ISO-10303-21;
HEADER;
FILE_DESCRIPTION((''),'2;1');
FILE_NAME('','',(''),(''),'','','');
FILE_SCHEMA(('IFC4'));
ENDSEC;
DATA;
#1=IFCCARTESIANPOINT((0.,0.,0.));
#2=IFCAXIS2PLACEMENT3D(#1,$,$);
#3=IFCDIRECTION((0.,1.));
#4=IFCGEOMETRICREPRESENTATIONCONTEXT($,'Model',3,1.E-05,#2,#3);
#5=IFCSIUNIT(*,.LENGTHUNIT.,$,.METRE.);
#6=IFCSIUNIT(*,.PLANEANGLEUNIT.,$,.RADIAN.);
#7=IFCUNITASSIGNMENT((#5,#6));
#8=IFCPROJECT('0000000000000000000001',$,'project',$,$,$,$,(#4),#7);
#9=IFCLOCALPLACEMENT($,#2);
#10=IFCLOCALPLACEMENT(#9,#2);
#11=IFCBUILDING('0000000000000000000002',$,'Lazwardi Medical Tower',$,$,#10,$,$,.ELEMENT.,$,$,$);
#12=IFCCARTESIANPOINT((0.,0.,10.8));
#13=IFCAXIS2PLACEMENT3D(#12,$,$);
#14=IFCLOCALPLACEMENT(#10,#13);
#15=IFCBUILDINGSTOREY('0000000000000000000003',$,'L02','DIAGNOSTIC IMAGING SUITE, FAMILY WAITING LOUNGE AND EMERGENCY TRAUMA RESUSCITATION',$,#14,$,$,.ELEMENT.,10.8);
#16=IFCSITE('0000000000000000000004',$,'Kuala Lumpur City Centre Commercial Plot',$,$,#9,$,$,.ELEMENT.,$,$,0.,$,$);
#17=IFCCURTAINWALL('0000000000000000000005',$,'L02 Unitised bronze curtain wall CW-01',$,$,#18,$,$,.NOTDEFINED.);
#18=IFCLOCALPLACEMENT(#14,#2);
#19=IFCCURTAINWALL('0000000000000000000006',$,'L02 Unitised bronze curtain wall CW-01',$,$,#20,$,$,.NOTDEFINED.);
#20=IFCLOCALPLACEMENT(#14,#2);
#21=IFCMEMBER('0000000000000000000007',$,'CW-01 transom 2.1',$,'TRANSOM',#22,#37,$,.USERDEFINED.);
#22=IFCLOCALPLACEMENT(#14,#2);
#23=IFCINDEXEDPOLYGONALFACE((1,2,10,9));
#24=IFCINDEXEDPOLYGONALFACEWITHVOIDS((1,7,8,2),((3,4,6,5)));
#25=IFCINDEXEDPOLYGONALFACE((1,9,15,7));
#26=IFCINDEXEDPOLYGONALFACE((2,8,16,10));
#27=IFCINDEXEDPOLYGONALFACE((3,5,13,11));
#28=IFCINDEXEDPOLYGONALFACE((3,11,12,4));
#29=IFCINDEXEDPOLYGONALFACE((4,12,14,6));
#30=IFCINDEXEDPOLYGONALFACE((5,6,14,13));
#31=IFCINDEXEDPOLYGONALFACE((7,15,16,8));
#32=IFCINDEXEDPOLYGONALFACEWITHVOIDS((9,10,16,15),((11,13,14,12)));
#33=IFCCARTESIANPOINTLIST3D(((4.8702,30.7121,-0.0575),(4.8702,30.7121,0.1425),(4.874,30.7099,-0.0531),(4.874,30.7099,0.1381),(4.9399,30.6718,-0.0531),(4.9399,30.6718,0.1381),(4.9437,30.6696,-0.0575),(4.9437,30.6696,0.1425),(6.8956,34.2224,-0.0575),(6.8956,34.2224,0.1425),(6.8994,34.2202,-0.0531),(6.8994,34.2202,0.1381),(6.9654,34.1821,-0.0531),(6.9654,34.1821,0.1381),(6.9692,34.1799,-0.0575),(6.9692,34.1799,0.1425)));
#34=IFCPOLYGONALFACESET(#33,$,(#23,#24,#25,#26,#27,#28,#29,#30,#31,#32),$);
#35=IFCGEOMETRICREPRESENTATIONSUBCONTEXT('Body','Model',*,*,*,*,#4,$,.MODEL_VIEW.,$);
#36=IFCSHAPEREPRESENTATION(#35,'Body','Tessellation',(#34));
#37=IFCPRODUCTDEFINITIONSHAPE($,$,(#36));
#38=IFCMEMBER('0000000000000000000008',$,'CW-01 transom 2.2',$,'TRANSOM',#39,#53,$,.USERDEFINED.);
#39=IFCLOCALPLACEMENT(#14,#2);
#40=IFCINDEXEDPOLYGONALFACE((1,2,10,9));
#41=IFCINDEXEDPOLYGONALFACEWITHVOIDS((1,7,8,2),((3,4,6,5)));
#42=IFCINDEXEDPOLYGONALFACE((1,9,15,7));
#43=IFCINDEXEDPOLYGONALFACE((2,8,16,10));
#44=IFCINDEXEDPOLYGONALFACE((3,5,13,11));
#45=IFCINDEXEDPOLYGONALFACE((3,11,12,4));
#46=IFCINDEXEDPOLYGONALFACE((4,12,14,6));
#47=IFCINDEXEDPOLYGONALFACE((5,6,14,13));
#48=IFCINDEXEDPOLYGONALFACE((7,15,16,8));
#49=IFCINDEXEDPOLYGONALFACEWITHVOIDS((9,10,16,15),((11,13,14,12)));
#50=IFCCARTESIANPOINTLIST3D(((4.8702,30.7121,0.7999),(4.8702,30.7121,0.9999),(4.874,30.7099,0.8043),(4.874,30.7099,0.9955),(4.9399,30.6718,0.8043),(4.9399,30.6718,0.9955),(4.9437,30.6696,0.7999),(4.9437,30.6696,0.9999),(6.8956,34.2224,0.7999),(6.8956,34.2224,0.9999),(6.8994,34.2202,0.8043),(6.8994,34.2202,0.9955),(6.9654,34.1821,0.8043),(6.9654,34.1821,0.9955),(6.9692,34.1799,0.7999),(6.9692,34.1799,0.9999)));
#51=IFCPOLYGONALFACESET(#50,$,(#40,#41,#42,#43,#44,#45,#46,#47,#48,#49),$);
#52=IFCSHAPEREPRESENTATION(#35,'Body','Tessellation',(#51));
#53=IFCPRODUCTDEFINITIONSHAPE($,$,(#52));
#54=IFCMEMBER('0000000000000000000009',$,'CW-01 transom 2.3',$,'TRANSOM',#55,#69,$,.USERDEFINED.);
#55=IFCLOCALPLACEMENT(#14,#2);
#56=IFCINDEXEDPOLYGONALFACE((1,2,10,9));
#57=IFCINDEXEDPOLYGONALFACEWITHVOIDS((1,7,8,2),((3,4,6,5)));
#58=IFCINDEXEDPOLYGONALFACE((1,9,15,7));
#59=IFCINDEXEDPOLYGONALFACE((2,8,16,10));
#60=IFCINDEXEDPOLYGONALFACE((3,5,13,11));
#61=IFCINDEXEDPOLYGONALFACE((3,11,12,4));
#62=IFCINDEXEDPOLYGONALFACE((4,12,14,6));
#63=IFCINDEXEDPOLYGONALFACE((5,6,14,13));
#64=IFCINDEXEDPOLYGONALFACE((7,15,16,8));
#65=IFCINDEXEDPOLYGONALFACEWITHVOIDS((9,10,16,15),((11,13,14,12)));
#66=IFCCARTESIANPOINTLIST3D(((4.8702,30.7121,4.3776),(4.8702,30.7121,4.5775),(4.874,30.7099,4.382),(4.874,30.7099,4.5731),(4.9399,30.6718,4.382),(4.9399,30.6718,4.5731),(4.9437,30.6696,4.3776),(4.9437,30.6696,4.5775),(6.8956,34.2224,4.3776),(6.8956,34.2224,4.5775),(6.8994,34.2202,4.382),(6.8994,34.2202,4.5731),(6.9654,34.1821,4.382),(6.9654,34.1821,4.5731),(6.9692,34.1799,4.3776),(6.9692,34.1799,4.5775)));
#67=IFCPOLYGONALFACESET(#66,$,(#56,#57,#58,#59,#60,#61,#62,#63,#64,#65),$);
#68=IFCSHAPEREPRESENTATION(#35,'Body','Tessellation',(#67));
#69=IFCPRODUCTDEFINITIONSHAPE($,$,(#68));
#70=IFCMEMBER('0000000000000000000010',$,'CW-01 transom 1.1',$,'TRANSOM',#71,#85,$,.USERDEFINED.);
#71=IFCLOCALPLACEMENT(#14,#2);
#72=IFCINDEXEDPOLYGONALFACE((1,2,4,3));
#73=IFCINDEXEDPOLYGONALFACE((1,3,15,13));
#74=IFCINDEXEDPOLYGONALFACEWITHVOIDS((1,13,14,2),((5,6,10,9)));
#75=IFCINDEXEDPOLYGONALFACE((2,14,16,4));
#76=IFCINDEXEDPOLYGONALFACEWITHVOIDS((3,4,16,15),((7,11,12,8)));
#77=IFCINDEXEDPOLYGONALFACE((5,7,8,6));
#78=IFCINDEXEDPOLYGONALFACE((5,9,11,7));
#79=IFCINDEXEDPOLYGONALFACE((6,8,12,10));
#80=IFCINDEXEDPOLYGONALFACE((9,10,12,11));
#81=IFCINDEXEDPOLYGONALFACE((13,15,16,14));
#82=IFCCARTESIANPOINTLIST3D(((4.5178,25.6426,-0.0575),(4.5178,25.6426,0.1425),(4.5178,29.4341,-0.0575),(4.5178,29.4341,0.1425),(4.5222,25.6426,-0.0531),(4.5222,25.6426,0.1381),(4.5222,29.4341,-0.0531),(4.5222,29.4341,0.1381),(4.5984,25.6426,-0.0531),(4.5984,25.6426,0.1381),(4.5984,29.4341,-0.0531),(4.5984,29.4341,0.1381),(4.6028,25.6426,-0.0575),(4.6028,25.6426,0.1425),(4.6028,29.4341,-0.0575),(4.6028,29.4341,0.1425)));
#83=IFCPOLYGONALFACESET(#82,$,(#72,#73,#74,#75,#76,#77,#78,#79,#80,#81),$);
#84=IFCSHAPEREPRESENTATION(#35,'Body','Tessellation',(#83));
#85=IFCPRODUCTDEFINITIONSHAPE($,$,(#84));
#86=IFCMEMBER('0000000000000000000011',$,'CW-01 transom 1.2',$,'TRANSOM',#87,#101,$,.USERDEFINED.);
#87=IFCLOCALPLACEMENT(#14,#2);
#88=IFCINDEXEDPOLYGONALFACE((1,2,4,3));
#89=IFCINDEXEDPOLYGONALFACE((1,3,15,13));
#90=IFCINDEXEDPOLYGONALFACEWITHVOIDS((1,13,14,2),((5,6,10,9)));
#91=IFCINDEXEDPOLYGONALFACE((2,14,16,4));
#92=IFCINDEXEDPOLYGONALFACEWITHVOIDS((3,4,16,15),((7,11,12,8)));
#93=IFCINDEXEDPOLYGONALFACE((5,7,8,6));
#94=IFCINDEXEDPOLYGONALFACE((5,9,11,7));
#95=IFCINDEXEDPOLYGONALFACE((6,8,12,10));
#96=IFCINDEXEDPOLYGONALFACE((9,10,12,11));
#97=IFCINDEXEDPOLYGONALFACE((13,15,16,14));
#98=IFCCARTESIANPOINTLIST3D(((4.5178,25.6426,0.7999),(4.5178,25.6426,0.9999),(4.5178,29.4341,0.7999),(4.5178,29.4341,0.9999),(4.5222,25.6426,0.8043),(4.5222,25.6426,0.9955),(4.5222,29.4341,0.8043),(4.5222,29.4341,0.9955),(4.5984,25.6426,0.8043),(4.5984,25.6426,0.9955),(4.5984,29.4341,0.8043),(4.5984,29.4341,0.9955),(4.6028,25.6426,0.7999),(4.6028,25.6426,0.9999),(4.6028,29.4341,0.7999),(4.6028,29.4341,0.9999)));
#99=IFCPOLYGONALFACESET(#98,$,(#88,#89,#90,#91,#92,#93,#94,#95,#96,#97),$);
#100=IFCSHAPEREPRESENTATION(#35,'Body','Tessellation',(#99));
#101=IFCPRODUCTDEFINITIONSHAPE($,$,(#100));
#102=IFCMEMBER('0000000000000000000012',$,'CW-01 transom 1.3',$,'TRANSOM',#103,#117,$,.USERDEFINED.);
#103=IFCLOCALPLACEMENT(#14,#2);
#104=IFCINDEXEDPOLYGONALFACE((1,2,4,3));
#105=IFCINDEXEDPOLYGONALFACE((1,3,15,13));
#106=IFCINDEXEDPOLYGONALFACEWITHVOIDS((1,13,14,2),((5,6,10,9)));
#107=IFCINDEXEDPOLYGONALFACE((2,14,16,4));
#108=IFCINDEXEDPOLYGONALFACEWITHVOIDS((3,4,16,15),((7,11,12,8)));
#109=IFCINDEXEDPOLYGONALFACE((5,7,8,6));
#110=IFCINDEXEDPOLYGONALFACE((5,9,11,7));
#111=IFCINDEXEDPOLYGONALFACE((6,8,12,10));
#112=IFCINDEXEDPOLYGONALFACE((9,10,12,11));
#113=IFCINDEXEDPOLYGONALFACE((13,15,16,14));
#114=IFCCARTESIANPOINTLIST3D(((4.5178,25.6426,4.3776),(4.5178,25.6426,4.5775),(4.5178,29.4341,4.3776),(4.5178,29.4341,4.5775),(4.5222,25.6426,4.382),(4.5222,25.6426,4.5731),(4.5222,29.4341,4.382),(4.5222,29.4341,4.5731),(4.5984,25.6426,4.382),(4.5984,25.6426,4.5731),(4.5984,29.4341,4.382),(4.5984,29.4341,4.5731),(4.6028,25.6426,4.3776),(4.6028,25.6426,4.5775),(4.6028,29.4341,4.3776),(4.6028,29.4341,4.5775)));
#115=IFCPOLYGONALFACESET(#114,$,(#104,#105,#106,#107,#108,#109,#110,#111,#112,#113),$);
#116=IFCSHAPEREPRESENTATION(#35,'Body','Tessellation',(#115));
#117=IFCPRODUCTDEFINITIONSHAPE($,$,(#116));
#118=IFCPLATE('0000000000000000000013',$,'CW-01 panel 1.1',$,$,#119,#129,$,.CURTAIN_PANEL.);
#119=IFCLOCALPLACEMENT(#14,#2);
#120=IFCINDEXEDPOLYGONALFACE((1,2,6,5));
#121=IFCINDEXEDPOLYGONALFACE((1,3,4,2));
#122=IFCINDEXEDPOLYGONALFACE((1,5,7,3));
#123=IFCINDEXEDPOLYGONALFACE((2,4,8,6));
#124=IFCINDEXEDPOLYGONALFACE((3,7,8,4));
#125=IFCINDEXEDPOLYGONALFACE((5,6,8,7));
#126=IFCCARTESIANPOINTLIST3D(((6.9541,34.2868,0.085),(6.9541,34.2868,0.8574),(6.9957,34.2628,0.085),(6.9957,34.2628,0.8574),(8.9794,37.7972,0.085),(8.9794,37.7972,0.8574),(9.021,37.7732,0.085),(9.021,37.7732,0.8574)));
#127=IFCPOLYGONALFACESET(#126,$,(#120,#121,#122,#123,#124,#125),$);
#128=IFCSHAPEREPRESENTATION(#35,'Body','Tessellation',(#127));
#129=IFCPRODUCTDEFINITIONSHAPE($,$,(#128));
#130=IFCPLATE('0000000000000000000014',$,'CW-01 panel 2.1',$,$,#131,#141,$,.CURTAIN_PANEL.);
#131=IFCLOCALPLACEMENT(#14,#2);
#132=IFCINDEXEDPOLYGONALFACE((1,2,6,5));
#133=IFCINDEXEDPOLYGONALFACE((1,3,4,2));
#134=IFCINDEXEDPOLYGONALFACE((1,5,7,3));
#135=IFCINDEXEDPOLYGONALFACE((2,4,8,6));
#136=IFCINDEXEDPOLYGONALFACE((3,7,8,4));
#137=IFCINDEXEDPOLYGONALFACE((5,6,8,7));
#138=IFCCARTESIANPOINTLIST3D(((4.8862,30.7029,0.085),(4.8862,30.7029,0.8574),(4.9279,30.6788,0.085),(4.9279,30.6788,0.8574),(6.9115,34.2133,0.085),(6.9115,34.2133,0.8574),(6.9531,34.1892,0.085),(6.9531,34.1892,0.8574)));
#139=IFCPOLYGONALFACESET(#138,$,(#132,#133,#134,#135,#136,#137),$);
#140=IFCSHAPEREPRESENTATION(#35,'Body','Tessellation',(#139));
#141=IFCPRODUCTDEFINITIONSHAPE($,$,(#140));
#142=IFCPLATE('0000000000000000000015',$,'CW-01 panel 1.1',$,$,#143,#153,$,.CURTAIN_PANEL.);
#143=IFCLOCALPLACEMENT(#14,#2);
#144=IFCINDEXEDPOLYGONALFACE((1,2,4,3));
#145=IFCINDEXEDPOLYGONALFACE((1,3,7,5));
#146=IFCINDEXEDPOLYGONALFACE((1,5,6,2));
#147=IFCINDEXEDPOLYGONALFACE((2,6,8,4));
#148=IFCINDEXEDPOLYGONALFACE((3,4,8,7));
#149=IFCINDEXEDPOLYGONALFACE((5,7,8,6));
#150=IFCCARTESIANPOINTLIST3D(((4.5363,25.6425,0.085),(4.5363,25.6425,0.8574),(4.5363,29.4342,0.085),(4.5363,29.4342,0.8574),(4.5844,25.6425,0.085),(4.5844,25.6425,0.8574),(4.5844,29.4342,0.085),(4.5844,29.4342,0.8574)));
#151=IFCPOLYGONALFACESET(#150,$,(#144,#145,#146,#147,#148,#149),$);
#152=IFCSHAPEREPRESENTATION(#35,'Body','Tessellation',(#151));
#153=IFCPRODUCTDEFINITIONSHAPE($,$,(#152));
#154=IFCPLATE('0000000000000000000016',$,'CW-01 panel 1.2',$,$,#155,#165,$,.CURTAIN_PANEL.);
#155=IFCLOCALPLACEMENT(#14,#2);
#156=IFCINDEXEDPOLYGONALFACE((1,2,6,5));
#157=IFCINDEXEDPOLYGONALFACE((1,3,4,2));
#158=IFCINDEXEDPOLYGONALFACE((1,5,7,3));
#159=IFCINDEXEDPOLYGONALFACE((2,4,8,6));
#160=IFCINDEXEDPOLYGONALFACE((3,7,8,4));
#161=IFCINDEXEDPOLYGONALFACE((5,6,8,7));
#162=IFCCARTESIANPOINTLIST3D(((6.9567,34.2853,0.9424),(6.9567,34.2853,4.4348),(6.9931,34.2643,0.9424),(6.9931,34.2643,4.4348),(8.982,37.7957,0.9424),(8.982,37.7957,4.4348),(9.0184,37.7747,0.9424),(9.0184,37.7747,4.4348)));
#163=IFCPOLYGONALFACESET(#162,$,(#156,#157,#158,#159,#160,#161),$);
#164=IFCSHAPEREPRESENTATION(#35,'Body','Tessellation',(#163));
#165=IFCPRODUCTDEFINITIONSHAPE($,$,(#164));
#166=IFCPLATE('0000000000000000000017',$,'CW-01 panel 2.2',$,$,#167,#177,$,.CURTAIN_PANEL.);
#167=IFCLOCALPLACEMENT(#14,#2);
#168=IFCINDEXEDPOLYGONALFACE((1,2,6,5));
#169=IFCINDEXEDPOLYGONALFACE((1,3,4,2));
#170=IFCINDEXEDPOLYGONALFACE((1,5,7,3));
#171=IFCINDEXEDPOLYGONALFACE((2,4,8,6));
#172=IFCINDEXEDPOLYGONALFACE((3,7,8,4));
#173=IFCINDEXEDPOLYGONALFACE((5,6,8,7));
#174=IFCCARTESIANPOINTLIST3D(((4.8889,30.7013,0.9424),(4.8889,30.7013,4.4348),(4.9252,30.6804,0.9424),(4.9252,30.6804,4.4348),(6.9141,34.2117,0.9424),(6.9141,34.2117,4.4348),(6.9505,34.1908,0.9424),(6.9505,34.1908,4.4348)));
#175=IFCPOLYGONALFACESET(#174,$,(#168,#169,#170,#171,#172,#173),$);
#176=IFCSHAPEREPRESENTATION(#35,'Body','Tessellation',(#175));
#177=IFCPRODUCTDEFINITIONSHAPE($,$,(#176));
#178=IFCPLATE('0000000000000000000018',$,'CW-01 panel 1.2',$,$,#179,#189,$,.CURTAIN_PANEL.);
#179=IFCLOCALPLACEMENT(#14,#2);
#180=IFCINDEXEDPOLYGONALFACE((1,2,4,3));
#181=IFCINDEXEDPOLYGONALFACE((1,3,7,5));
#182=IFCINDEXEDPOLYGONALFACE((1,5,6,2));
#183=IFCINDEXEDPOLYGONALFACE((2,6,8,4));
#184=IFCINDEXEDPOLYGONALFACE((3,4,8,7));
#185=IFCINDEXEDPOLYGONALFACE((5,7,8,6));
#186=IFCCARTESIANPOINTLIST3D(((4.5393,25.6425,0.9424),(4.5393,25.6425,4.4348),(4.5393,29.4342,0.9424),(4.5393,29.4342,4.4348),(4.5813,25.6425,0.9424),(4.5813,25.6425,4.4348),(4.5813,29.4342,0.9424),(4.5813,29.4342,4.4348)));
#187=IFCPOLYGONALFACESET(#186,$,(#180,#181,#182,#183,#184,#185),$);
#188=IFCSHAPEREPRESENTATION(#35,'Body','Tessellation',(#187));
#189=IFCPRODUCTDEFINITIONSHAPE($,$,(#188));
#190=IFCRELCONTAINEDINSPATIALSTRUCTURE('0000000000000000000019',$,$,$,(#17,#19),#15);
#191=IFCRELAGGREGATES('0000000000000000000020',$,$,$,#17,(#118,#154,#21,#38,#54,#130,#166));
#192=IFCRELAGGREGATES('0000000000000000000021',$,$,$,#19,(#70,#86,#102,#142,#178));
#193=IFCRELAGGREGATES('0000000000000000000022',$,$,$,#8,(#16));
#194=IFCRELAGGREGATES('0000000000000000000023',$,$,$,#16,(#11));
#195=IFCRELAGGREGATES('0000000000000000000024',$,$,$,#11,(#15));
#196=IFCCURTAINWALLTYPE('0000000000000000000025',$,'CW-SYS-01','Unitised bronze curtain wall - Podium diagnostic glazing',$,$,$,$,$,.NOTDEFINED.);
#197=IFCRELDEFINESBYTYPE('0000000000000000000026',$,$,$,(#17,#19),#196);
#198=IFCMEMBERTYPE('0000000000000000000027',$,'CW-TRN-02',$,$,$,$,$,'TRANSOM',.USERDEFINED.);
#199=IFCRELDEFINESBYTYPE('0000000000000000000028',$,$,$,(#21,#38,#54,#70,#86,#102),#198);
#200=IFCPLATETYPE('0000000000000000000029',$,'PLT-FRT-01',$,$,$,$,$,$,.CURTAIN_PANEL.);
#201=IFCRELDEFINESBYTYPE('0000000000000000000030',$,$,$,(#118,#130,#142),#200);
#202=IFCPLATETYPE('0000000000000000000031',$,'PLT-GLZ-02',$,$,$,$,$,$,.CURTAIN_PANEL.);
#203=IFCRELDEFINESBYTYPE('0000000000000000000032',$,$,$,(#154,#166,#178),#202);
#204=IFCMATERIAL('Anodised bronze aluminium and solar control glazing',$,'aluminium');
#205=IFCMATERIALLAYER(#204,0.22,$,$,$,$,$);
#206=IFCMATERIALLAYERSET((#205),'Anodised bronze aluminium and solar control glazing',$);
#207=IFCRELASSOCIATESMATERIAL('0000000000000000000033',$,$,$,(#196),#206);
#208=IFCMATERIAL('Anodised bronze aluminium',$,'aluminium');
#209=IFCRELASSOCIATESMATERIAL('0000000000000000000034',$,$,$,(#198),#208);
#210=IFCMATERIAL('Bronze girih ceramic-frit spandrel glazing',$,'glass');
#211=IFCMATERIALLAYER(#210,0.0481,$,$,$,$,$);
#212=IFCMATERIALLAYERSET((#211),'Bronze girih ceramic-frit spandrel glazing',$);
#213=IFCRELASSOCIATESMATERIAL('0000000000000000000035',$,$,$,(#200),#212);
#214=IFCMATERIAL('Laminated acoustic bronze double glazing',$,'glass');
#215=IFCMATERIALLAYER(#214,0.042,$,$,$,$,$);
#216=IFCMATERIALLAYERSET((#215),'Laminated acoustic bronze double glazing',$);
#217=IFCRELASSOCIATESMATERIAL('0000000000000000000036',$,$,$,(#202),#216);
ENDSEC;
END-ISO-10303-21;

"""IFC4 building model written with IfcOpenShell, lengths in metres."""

from ifc_helpers import new_model, si_unit, direction, frame, origin, origin_2d, place, context, subcontext, project, spatial, rectangle, hollow_rectangle, extrude, material, layer, layer_set, material_profile, profile_set, type_object, element, aggregate, save


model = new_model("IFC4")

# Units and contexts
model_context = context("Model", 3, precision=1e-05, world=origin(), true_north=direction((0.0, 1.0)))
body_context = subcontext(model_context, "Body", "Model", "MODEL_VIEW")
ifc_project = project(units=[si_unit("LENGTHUNIT", "METRE"), si_unit("PLANEANGLEUNIT", "RADIAN")], contexts=[model_context])

# Site, building, storey
site_placement = place(None, origin())
site = spatial("IfcSite", under=ifc_project, at=site_placement, Name="Kuala Lumpur City Centre Commercial Plot", CompositionType="ELEMENT", RefElevation=0.0)
building_placement = place(site_placement, origin())
building = spatial("IfcBuilding", under=site, at=building_placement, Name="Lazwardi Medical Tower", CompositionType="ELEMENT")
storey_placement = place(building_placement, frame((0.0, 0.0, 10.8)))
storey = spatial("IfcBuildingStorey", under=building, at=storey_placement, Name="L02", Description="DIAGNOSTIC IMAGING SUITE, FAMILY WAITING LOUNGE AND EMERGENCY TRAUMA RESUSCITATION", CompositionType="ELEMENT", Elevation=10.8)

# Curtain wall
ifc_material_1 = material(Name="Anodised bronze aluminium and solar control glazing", Category="aluminium")
ifc_layer_1 = layer(ifc_material_1, 0.22)
ifc_layer_set_1 = layer_set([ifc_layer_1], Name="Anodised bronze aluminium and solar control glazing")
curtain_wall_type = type_object("IfcCurtainWallType", Name="CW-SYS-01", Description="Unitised bronze curtain wall - Podium diagnostic glazing", PredefinedType="NOTDEFINED", material=ifc_layer_set_1)
curtain_wall_1_placement = place(storey_placement, origin())
curtain_wall_1 = element("IfcCurtainWall", 1, at=curtain_wall_1_placement, inside=storey, type_object=curtain_wall_type, Name="L02 Unitised bronze curtain wall CW-01", PredefinedType="NOTDEFINED")
ifc_material_2 = material(Name="Anodised bronze aluminium", Category="aluminium")

# Curtain wall
curtain_wall_2_placement = place(storey_placement, origin())
curtain_wall_2 = element("IfcCurtainWall", 2, at=curtain_wall_2_placement, inside=storey, type_object=curtain_wall_type, Name="L02 Unitised bronze curtain wall CW-01", PredefinedType="NOTDEFINED")

# Members
ifc_material_profile_1 = material_profile(ifc_material_2, hollow_rectangle(XDim=0.085, YDim=0.2, WallThickness=0.0044, at=origin_2d()), Name="ALU-TRANSOM 200x85x4.5")
ifc_profile_set_1 = profile_set([ifc_material_profile_1], Name="Anodised bronze aluminium")
member_type_1 = type_object("IfcMemberType", Name="CW-TRN-02", ElementType="TRANSOM", PredefinedType="USERDEFINED", material=ifc_profile_set_1)
member_1_placement = place(storey_placement, frame((6.9324, 34.2012, 0.0425), z_axis=(-0.499768, -0.86616, 0.0), x_axis=(0.86616, -0.499768, 0.0)))
member_1 = element("IfcMember", 3, at=member_1_placement, type_object=member_type_1, Name="CW-01 transom 2.1", ObjectType="TRANSOM", PredefinedType="USERDEFINED", context=body_context, shape_type="SweptSolid", body=[
    extrude(hollow_rectangle(XDim=0.085, YDim=0.2, WallThickness=0.0044, at=origin_2d()), origin(), (0.0, 0.0, 1.0), 4.0527),
])
member_2_placement = place(storey_placement, frame((6.9324, 34.2012, 0.8999), z_axis=(-0.499768, -0.86616, 0.0), x_axis=(0.86616, -0.499768, 0.0)))
member_2 = element("IfcMember", 4, at=member_2_placement, type_object=member_type_1, Name="CW-01 transom 2.2", ObjectType="TRANSOM", PredefinedType="USERDEFINED", context=body_context, shape_type="SweptSolid", body=[
    extrude(hollow_rectangle(XDim=0.085, YDim=0.2, WallThickness=0.0044, at=origin_2d()), origin(), (0.0, 0.0, 1.0), 4.0527),
])
member_3_placement = place(storey_placement, frame((6.9324, 34.2012, 4.4775), z_axis=(-0.499768, -0.86616, 0.0), x_axis=(0.86616, -0.499768, 0.0)))
member_3 = element("IfcMember", 5, at=member_3_placement, type_object=member_type_1, Name="CW-01 transom 2.3", ObjectType="TRANSOM", PredefinedType="USERDEFINED", context=body_context, shape_type="SweptSolid", body=[
    extrude(hollow_rectangle(XDim=0.085, YDim=0.2, WallThickness=0.0044, at=origin_2d()), origin(), (0.0, 0.0, 1.0), 4.0527),
])
member_4_placement = place(storey_placement, frame((4.5603, 29.4341, 0.0425), z_axis=(0.0, -1.0, 0.0), x_axis=(1.0, 0.0, 0.0)))
member_4 = element("IfcMember", 6, at=member_4_placement, type_object=member_type_1, Name="CW-01 transom 1.1", ObjectType="TRANSOM", PredefinedType="USERDEFINED", context=body_context, shape_type="SweptSolid", body=[
    extrude(hollow_rectangle(XDim=0.085, YDim=0.2, WallThickness=0.0044, at=origin_2d()), origin(), (0.0, 0.0, 1.0), 3.7915),
])
member_5_placement = place(storey_placement, frame((4.5603, 29.4341, 0.8999), z_axis=(0.0, -1.0, 0.0), x_axis=(1.0, 0.0, 0.0)))
member_5 = element("IfcMember", 7, at=member_5_placement, type_object=member_type_1, Name="CW-01 transom 1.2", ObjectType="TRANSOM", PredefinedType="USERDEFINED", context=body_context, shape_type="SweptSolid", body=[
    extrude(hollow_rectangle(XDim=0.085, YDim=0.2, WallThickness=0.0044, at=origin_2d()), origin(), (0.0, 0.0, 1.0), 3.7915),
])
member_6_placement = place(storey_placement, frame((4.5603, 29.4341, 4.4775), z_axis=(0.0, -1.0, 0.0), x_axis=(1.0, 0.0, 0.0)))
member_6 = element("IfcMember", 8, at=member_6_placement, type_object=member_type_1, Name="CW-01 transom 1.3", ObjectType="TRANSOM", PredefinedType="USERDEFINED", context=body_context, shape_type="SweptSolid", body=[
    extrude(hollow_rectangle(XDim=0.085, YDim=0.2, WallThickness=0.0044, at=origin_2d()), origin(), (0.0, 0.0, 1.0), 3.7915),
])

# Plates
ifc_material_3 = material(Name="Bronze girih ceramic-frit spandrel glazing", Category="glass")
ifc_layer_2 = layer(ifc_material_3, 0.0481)
ifc_layer_set_2 = layer_set([ifc_layer_2], Name="Bronze girih ceramic-frit spandrel glazing")
plate_type_1 = type_object("IfcPlateType", Name="PLT-FRT-01", PredefinedType="CURTAIN_PANEL", material=ifc_layer_set_2)
plate_1_placement = place(storey_placement, frame((7.9875, 36.03, 0.085), z_axis=(0.0, 0.0, 1.0), x_axis=(-0.499731, -0.866181, 0.0)))
plate_1 = element("IfcPlate", 9, at=plate_1_placement, type_object=plate_type_1, Name="CW-01 panel 1.1", PredefinedType="CURTAIN_PANEL", context=body_context, shape_type="SweptSolid", body=[
    extrude(rectangle(XDim=4.0527, YDim=0.0481, at=origin_2d()), origin(), (0.0, 0.0, 1.0), 0.7725),
])
plate_2_placement = place(storey_placement, frame((5.9197, 32.446, 0.085), z_axis=(0.0, 0.0, 1.0), x_axis=(-0.499731, -0.866181, 0.0)))
plate_2 = element("IfcPlate", 10, at=plate_2_placement, type_object=plate_type_1, Name="CW-01 panel 2.1", PredefinedType="CURTAIN_PANEL", context=body_context, shape_type="SweptSolid", body=[
    extrude(rectangle(XDim=4.0527, YDim=0.0481, at=origin_2d()), origin(), (0.0, 0.0, 1.0), 0.7725),
])
plate_3_placement = place(storey_placement, frame((4.5603, 27.5383, 0.085), z_axis=(0.0, 0.0, 1.0), x_axis=(0.0, -1.0, 0.0)))
plate_3 = element("IfcPlate", 11, at=plate_3_placement, type_object=plate_type_1, Name="CW-01 panel 1.1", PredefinedType="CURTAIN_PANEL", context=body_context, shape_type="SweptSolid", body=[
    extrude(rectangle(XDim=3.7917, YDim=0.0481, at=origin_2d()), origin(), (0.0, 0.0, 1.0), 0.7725),
])
ifc_material_4 = material(Name="Laminated acoustic bronze double glazing", Category="glass")
ifc_layer_3 = layer(ifc_material_4, 0.042)
ifc_layer_set_3 = layer_set([ifc_layer_3], Name="Laminated acoustic bronze double glazing")
plate_type_2 = type_object("IfcPlateType", Name="PLT-GLZ-02", PredefinedType="CURTAIN_PANEL", material=ifc_layer_set_3)
plate_4_placement = place(storey_placement, frame((7.9875, 36.03, 0.9424), z_axis=(0.0, 0.0, 1.0), x_axis=(-0.499731, -0.866181, 0.0)))
plate_4 = element("IfcPlate", 12, at=plate_4_placement, type_object=plate_type_2, Name="CW-01 panel 1.2", PredefinedType="CURTAIN_PANEL", context=body_context, shape_type="SweptSolid", body=[
    extrude(rectangle(XDim=4.0527, YDim=0.042, at=origin_2d()), origin(), (0.0, 0.0, 1.0), 3.4924),
])
plate_5_placement = place(storey_placement, frame((5.9197, 32.446, 0.9424), z_axis=(0.0, 0.0, 1.0), x_axis=(-0.499731, -0.866181, 0.0)))
plate_5 = element("IfcPlate", 13, at=plate_5_placement, type_object=plate_type_2, Name="CW-01 panel 2.2", PredefinedType="CURTAIN_PANEL", context=body_context, shape_type="SweptSolid", body=[
    extrude(rectangle(XDim=4.0527, YDim=0.042, at=origin_2d()), origin(), (0.0, 0.0, 1.0), 3.4924),
])
aggregate(curtain_wall_1, [plate_1, plate_4, member_1, member_2, member_3, plate_2, plate_5])
plate_6_placement = place(storey_placement, frame((4.5603, 27.5383, 0.9424), z_axis=(0.0, 0.0, 1.0), x_axis=(0.0, -1.0, 0.0)))
plate_6 = element("IfcPlate", 14, at=plate_6_placement, type_object=plate_type_2, Name="CW-01 panel 1.2", PredefinedType="CURTAIN_PANEL", context=body_context, shape_type="SweptSolid", body=[
    extrude(rectangle(XDim=3.7917, YDim=0.042, at=origin_2d()), origin(), (0.0, 0.0, 1.0), 3.4924),
])
aggregate(curtain_wall_2, [member_4, member_5, member_6, plate_3, plate_6])

save(model, "model.ifc")
